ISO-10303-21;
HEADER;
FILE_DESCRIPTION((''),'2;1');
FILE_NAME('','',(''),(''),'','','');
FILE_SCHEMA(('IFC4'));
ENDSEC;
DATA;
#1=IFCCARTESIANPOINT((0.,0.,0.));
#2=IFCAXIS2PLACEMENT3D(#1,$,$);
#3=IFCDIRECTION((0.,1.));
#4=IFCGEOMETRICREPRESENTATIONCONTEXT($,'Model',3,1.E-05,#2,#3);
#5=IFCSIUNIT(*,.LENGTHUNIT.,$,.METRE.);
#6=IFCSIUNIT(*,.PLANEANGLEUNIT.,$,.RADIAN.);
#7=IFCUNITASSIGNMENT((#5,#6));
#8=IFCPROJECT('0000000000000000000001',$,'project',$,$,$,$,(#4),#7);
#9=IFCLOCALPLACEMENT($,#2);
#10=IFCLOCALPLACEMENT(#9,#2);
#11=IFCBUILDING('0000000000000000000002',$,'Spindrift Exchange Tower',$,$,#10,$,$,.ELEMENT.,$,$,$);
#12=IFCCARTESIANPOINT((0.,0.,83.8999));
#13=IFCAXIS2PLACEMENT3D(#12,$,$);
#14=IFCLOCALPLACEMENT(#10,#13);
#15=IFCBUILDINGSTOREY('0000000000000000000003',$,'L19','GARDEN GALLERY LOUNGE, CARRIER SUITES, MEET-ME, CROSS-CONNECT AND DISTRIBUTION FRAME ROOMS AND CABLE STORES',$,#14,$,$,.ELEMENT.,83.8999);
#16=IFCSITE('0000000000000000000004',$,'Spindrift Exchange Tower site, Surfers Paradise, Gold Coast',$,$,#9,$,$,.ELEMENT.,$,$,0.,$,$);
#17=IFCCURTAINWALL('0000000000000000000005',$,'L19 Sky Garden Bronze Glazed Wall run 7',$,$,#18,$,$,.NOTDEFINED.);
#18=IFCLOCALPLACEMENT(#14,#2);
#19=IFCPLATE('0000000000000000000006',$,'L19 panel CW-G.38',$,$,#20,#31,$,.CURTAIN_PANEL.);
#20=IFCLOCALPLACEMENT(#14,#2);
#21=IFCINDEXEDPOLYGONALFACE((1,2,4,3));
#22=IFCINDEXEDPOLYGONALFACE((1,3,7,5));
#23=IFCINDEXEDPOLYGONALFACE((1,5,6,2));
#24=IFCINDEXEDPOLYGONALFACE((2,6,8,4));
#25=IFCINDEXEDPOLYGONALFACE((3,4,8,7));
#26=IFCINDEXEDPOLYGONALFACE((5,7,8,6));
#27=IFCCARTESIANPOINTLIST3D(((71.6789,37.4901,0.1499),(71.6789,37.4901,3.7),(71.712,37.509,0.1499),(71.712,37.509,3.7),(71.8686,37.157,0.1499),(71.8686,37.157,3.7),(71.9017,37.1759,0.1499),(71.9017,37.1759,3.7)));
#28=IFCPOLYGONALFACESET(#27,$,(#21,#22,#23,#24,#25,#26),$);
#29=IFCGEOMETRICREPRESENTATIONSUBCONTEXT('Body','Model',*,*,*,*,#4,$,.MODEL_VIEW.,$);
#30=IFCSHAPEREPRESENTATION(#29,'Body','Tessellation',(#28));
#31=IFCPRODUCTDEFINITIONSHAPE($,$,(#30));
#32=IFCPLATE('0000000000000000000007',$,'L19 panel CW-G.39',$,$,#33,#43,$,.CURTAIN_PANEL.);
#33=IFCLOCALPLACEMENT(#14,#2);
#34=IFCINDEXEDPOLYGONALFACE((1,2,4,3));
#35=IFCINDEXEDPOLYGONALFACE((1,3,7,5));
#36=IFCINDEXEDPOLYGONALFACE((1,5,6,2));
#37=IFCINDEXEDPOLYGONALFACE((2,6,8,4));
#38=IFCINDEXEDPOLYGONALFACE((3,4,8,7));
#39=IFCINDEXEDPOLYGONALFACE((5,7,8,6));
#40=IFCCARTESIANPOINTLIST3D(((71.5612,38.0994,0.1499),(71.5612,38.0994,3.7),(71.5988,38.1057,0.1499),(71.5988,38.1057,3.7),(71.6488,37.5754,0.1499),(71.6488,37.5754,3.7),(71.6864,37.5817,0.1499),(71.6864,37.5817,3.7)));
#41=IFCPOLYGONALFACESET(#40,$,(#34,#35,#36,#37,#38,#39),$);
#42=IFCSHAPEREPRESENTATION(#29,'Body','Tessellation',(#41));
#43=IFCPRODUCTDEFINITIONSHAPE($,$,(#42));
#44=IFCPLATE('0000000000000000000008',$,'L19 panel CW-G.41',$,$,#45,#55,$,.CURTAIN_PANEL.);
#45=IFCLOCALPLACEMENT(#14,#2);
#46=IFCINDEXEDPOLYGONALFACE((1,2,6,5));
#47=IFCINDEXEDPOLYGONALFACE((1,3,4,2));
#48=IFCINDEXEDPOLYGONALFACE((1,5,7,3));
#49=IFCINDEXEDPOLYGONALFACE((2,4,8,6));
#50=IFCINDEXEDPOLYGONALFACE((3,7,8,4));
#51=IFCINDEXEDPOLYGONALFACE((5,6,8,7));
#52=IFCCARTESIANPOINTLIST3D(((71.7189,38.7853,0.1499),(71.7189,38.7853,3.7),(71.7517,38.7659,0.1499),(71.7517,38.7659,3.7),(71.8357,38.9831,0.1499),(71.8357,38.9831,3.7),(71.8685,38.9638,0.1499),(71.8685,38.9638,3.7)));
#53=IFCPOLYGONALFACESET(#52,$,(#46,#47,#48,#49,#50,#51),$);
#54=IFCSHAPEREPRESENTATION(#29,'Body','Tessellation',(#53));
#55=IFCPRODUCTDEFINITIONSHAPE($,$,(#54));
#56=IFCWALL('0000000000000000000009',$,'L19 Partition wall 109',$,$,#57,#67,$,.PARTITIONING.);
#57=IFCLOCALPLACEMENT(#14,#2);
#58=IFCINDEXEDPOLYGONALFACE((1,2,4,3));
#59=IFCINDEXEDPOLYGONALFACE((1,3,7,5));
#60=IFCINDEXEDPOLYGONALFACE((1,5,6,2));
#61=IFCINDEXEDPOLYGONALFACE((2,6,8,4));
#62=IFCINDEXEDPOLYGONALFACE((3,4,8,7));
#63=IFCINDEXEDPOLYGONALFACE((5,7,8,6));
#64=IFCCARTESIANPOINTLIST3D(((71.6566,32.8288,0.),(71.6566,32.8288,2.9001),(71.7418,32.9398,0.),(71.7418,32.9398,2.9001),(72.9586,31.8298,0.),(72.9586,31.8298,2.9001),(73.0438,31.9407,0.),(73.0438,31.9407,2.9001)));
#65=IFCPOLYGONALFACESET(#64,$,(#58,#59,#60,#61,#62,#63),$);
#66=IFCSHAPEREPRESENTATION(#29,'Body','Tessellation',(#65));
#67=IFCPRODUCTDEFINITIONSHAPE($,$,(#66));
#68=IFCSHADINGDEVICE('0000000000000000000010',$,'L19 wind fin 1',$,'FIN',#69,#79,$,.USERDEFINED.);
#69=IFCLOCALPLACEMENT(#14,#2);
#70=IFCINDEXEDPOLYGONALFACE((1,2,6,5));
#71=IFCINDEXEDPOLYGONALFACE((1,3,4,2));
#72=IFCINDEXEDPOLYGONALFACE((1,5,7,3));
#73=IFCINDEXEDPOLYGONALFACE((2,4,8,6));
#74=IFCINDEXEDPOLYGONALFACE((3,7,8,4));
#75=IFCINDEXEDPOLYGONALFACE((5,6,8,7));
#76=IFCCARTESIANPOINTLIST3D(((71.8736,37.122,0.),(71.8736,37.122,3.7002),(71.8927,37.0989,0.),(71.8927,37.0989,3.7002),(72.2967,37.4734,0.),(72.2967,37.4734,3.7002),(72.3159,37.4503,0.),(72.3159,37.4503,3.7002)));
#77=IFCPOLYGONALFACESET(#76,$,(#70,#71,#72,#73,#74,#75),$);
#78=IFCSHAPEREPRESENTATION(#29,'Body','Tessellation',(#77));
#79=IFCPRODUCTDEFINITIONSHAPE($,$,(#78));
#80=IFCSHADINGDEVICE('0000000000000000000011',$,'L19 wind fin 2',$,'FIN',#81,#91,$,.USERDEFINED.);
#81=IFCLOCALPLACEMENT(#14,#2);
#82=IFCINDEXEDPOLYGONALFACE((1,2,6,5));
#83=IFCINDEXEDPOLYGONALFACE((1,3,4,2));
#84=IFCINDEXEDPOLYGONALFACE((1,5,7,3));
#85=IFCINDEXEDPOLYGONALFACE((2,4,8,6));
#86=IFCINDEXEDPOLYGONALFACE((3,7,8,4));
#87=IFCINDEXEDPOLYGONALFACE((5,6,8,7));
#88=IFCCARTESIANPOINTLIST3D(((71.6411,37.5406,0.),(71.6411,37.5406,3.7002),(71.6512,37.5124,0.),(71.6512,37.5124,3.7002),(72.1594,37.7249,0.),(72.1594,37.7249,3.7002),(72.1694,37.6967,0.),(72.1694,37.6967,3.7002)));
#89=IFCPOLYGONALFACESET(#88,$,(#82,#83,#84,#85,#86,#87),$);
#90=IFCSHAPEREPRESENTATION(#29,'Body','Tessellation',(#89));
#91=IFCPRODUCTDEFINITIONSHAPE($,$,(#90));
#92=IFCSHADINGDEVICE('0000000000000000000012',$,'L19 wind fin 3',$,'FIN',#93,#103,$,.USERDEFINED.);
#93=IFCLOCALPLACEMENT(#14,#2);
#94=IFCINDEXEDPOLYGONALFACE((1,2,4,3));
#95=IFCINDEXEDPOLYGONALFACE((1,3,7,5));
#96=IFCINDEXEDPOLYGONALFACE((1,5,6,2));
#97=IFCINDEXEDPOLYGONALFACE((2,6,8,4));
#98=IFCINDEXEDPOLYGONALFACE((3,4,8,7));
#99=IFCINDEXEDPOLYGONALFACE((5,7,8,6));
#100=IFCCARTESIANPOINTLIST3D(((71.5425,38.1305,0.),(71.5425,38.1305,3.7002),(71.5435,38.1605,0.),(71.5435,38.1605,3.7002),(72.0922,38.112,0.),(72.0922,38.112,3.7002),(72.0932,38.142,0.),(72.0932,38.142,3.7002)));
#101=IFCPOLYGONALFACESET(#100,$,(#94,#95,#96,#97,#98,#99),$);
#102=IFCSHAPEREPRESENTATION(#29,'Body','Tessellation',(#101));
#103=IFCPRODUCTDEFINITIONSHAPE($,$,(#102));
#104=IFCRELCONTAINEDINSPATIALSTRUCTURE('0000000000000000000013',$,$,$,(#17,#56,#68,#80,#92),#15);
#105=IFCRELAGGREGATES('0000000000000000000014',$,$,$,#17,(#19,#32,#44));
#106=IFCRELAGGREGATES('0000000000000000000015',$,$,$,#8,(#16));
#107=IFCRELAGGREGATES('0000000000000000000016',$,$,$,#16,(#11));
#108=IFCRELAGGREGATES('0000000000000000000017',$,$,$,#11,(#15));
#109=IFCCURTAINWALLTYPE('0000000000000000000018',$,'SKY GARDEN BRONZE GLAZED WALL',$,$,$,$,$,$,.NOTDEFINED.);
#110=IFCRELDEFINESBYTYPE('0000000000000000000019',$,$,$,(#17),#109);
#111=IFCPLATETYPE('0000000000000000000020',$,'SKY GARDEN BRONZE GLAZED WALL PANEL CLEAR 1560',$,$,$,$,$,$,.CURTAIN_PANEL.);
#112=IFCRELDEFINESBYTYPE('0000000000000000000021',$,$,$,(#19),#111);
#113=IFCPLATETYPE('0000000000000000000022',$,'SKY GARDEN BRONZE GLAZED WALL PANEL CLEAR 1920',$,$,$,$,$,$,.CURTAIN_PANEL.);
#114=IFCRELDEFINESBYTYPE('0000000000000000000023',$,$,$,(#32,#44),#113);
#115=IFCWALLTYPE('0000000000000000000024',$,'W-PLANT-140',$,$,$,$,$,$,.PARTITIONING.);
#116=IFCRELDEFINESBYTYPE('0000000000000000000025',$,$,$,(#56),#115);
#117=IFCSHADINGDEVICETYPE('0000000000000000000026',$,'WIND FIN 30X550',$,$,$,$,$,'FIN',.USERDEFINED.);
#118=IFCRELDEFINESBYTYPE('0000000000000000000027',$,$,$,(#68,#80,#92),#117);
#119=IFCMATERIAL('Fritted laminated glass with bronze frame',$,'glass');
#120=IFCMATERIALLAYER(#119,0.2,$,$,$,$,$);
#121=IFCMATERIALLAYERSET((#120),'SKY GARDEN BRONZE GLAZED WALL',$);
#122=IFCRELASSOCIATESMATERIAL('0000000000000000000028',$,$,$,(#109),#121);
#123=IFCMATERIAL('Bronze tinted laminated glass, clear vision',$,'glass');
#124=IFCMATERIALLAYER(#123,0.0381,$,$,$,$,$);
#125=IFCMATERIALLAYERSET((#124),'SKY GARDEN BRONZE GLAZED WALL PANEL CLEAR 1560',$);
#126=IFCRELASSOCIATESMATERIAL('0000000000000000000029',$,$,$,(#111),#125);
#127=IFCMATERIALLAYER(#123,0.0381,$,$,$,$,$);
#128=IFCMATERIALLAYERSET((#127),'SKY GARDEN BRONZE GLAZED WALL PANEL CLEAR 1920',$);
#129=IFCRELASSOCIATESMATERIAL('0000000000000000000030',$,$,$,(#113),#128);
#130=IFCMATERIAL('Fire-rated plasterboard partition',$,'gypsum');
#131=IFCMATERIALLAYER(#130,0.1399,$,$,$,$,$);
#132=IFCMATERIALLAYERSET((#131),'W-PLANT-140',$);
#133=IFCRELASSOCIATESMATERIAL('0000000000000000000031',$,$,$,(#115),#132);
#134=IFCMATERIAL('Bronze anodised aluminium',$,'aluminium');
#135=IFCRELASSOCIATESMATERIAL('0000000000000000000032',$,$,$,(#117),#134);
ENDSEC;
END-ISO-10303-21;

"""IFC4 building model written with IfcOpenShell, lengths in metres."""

from ifc_helpers import new_model, si_unit, direction, frame, frame_2d, origin, origin_2d, place, context, subcontext, project, spatial, rectangle, extrude, source, transform, mapped, material, layer, layer_set, material_profile, profile_set, type_object, element, aggregate, save


model = new_model("IFC4")

# Units and contexts
model_context = context("Model", 3, precision=1e-05, world=origin(), true_north=direction((0.0, 1.0)))
body_context = subcontext(model_context, "Body", "Model", "MODEL_VIEW")
ifc_project = project(units=[si_unit("LENGTHUNIT", "METRE"), si_unit("PLANEANGLEUNIT", "RADIAN")], contexts=[model_context])

# Site, building, storey
site_placement = place(None, origin())
site = spatial("IfcSite", under=ifc_project, at=site_placement, Name="Spindrift Exchange Tower site, Surfers Paradise, Gold Coast", CompositionType="ELEMENT", RefElevation=0.0)
building_placement = place(site_placement, origin())
building = spatial("IfcBuilding", under=site, at=building_placement, Name="Spindrift Exchange Tower", CompositionType="ELEMENT")
storey_placement = place(building_placement, frame((0.0, 0.0, 83.8999)))
storey = spatial("IfcBuildingStorey", under=building, at=storey_placement, Name="L19", Description="GARDEN GALLERY LOUNGE, CARRIER SUITES, MEET-ME, CROSS-CONNECT AND DISTRIBUTION FRAME ROOMS AND CABLE STORES", CompositionType="ELEMENT", Elevation=83.8999)

# Shared definitions
ifc_material_1 = material(Name="Fritted laminated glass with bronze frame", Category="glass")
ifc_material_2 = material(Name="Bronze anodised aluminium", Category="aluminium")

# Curtain wall
ifc_layer_1 = layer(ifc_material_1, 0.2)
ifc_layer_set_1 = layer_set([ifc_layer_1], Name="SKY GARDEN BRONZE GLAZED WALL")
curtain_wall_type_1 = type_object("IfcCurtainWallType", Name="SKY GARDEN BRONZE GLAZED WALL", PredefinedType="NOTDEFINED", material=ifc_layer_set_1)
curtain_wall_1_placement = place(storey_placement, origin())
curtain_wall_1 = element("IfcCurtainWall", 1, at=curtain_wall_1_placement, inside=storey, type_object=curtain_wall_type_1, Name="L19 Sky Garden Bronze Glazed Wall run 7", PredefinedType="NOTDEFINED")

# Plates
ifc_material_3 = material(Name="Bronze tinted laminated glass, clear vision", Category="glass")
ifc_layer_2 = layer(ifc_material_3, 0.0381)
ifc_layer_set_2 = layer_set([ifc_layer_2], Name="SKY GARDEN BRONZE GLAZED WALL PANEL CLEAR 1560")
plate_type_1 = type_object("IfcPlateType", Name="SKY GARDEN BRONZE GLAZED WALL PANEL CLEAR 1560", PredefinedType="CURTAIN_PANEL", material=ifc_layer_set_2)
ifc_layer_3 = layer(ifc_material_3, 0.0381)
ifc_layer_set_3 = layer_set([ifc_layer_3], Name="SKY GARDEN BRONZE GLAZED WALL PANEL CLEAR 1920")
plate_type_2 = type_object("IfcPlateType", Name="SKY GARDEN BRONZE GLAZED WALL PANEL CLEAR 1920", PredefinedType="CURTAIN_PANEL", material=ifc_layer_set_3)
shared_shape_1 = source(origin(), body_context, "Body", "SweptSolid", [
    extrude(rectangle(XDim=0.3833, YDim=0.0381, at=origin_2d()), origin(), (0.0, 0.0, 1.0), 3.55),
])
plate_1_placement = place(storey_placement, frame((71.7903, 37.333, 0.1499), z_axis=(0.0, 0.0, 1.0), x_axis=(-0.494896, 0.868952, 0.0)))
plate_1 = element("IfcPlate", 2, at=plate_1_placement, type_object=plate_type_1, Name="L19 panel CW-G.38", PredefinedType="CURTAIN_PANEL", context=body_context, shape_type="MappedRepresentation", body=[
    mapped(shared_shape_1, transform((0.0, 0.0, 0.0), scale=1.0)),
])
shared_shape_2 = source(origin(), body_context, "Body", "SweptSolid", [
    extrude(rectangle(XDim=0.5312, YDim=0.0381, at=origin_2d()), origin(), (0.0, 0.0, 1.0), 3.55),
])
plate_2_placement = place(storey_placement, frame((71.6238, 37.8406, 0.1499), z_axis=(0.0, 0.0, 1.0), x_axis=(-0.164872, 0.986315, 0.0)))
plate_2 = element("IfcPlate", 3, at=plate_2_placement, type_object=plate_type_2, Name="L19 panel CW-G.39", PredefinedType="CURTAIN_PANEL", context=body_context, shape_type="MappedRepresentation", body=[
    mapped(shared_shape_2, transform((0.0, 0.0, 0.0), scale=1.0)),
])
shared_shape_3 = source(origin(), body_context, "Body", "SweptSolid", [
    extrude(rectangle(XDim=0.2297, YDim=0.0381, at=origin_2d()), origin(), (0.0, 0.0, 1.0), 3.55),
])
plate_3_placement = place(storey_placement, frame((71.7937, 38.8745, 0.1499), z_axis=(0.0, 0.0, 1.0), x_axis=(0.508173, 0.861255, 0.0)))
plate_3 = element("IfcPlate", 4, at=plate_3_placement, type_object=plate_type_2, Name="L19 panel CW-G.41", PredefinedType="CURTAIN_PANEL", context=body_context, shape_type="MappedRepresentation", body=[
    mapped(shared_shape_3, transform((0.0, 0.0, 0.0), scale=1.0)),
])
aggregate(curtain_wall_1, [plate_1, plate_2, plate_3])

# Wall
ifc_material_4 = material(Name="Fire-rated plasterboard partition", Category="gypsum")
ifc_layer_4 = layer(ifc_material_4, 0.1399)
ifc_layer_set_4 = layer_set([ifc_layer_4], Name="W-PLANT-140")
wall_type = type_object("IfcWallType", Name="W-PLANT-140", PredefinedType="PARTITIONING", material=ifc_layer_set_4)
wall_placement = place(storey_placement, frame((71.6992, 32.8843, 0.0), z_axis=(0.0, 0.0, 1.0), x_axis=(0.793364, -0.608747, 0.0)))
element("IfcWall", 5, at=wall_placement, inside=storey, type_object=wall_type, Name="L19 Partition wall 109", PredefinedType="PARTITIONING", context=body_context, shape_type="SweptSolid", body=[
    extrude(rectangle(XDim=1.6411, YDim=0.1399, at=frame_2d((0.8206, 0.0))), origin(), (0.0, 0.0, 1.0), 2.9001),
])

# Shading devices
ifc_material_profile_1 = material_profile(ifc_material_2, rectangle(XDim=0.03, YDim=0.55, at=origin_2d()), Name="WIND FIN 30X550")
ifc_profile_set_1 = profile_set([ifc_material_profile_1], Name="Bronze anodised aluminium")
shading_device_type = type_object("IfcShadingDeviceType", Name="WIND FIN 30X550", ElementType="FIN", PredefinedType="USERDEFINED", material=ifc_profile_set_1)
shared_shape_4 = source(origin(), body_context, "Body", "SweptSolid", [
    extrude(rectangle(XDim=0.03, YDim=0.55, at=origin_2d()), origin(), (0.0, 0.0, 1.0), 3.7002),
])
for number, where, z_axis, x_axis, name in (
    (6, (72.0947, 37.2861, 0.0), (0.0, 0.0, 1.0), (-0.638869, 0.769316, 0.0), "L19 wind fin 1"),
    (7, (71.9053, 37.6187, 0.0), (0.0, 0.0, 1.0), (-0.335064, 0.942196, 0.0), "L19 wind fin 2"),
    (8, (71.8179, 38.1362, 0.0), (0.0, 0.0, 1.0), (0.033577, 0.999436, 0.0), "L19 wind fin 3"),
):
    element("IfcShadingDevice", number, at=place(storey_placement, frame(where, z_axis=z_axis, x_axis=x_axis)), inside=storey, type_object=shading_device_type, Name=name, ObjectType="FIN", PredefinedType="USERDEFINED", context=body_context, shape_type="MappedRepresentation", body=[
        mapped(shared_shape_4, transform((0.0, 0.0, 0.0), scale=1.0)),
    ])

save(model, "model.ifc")
